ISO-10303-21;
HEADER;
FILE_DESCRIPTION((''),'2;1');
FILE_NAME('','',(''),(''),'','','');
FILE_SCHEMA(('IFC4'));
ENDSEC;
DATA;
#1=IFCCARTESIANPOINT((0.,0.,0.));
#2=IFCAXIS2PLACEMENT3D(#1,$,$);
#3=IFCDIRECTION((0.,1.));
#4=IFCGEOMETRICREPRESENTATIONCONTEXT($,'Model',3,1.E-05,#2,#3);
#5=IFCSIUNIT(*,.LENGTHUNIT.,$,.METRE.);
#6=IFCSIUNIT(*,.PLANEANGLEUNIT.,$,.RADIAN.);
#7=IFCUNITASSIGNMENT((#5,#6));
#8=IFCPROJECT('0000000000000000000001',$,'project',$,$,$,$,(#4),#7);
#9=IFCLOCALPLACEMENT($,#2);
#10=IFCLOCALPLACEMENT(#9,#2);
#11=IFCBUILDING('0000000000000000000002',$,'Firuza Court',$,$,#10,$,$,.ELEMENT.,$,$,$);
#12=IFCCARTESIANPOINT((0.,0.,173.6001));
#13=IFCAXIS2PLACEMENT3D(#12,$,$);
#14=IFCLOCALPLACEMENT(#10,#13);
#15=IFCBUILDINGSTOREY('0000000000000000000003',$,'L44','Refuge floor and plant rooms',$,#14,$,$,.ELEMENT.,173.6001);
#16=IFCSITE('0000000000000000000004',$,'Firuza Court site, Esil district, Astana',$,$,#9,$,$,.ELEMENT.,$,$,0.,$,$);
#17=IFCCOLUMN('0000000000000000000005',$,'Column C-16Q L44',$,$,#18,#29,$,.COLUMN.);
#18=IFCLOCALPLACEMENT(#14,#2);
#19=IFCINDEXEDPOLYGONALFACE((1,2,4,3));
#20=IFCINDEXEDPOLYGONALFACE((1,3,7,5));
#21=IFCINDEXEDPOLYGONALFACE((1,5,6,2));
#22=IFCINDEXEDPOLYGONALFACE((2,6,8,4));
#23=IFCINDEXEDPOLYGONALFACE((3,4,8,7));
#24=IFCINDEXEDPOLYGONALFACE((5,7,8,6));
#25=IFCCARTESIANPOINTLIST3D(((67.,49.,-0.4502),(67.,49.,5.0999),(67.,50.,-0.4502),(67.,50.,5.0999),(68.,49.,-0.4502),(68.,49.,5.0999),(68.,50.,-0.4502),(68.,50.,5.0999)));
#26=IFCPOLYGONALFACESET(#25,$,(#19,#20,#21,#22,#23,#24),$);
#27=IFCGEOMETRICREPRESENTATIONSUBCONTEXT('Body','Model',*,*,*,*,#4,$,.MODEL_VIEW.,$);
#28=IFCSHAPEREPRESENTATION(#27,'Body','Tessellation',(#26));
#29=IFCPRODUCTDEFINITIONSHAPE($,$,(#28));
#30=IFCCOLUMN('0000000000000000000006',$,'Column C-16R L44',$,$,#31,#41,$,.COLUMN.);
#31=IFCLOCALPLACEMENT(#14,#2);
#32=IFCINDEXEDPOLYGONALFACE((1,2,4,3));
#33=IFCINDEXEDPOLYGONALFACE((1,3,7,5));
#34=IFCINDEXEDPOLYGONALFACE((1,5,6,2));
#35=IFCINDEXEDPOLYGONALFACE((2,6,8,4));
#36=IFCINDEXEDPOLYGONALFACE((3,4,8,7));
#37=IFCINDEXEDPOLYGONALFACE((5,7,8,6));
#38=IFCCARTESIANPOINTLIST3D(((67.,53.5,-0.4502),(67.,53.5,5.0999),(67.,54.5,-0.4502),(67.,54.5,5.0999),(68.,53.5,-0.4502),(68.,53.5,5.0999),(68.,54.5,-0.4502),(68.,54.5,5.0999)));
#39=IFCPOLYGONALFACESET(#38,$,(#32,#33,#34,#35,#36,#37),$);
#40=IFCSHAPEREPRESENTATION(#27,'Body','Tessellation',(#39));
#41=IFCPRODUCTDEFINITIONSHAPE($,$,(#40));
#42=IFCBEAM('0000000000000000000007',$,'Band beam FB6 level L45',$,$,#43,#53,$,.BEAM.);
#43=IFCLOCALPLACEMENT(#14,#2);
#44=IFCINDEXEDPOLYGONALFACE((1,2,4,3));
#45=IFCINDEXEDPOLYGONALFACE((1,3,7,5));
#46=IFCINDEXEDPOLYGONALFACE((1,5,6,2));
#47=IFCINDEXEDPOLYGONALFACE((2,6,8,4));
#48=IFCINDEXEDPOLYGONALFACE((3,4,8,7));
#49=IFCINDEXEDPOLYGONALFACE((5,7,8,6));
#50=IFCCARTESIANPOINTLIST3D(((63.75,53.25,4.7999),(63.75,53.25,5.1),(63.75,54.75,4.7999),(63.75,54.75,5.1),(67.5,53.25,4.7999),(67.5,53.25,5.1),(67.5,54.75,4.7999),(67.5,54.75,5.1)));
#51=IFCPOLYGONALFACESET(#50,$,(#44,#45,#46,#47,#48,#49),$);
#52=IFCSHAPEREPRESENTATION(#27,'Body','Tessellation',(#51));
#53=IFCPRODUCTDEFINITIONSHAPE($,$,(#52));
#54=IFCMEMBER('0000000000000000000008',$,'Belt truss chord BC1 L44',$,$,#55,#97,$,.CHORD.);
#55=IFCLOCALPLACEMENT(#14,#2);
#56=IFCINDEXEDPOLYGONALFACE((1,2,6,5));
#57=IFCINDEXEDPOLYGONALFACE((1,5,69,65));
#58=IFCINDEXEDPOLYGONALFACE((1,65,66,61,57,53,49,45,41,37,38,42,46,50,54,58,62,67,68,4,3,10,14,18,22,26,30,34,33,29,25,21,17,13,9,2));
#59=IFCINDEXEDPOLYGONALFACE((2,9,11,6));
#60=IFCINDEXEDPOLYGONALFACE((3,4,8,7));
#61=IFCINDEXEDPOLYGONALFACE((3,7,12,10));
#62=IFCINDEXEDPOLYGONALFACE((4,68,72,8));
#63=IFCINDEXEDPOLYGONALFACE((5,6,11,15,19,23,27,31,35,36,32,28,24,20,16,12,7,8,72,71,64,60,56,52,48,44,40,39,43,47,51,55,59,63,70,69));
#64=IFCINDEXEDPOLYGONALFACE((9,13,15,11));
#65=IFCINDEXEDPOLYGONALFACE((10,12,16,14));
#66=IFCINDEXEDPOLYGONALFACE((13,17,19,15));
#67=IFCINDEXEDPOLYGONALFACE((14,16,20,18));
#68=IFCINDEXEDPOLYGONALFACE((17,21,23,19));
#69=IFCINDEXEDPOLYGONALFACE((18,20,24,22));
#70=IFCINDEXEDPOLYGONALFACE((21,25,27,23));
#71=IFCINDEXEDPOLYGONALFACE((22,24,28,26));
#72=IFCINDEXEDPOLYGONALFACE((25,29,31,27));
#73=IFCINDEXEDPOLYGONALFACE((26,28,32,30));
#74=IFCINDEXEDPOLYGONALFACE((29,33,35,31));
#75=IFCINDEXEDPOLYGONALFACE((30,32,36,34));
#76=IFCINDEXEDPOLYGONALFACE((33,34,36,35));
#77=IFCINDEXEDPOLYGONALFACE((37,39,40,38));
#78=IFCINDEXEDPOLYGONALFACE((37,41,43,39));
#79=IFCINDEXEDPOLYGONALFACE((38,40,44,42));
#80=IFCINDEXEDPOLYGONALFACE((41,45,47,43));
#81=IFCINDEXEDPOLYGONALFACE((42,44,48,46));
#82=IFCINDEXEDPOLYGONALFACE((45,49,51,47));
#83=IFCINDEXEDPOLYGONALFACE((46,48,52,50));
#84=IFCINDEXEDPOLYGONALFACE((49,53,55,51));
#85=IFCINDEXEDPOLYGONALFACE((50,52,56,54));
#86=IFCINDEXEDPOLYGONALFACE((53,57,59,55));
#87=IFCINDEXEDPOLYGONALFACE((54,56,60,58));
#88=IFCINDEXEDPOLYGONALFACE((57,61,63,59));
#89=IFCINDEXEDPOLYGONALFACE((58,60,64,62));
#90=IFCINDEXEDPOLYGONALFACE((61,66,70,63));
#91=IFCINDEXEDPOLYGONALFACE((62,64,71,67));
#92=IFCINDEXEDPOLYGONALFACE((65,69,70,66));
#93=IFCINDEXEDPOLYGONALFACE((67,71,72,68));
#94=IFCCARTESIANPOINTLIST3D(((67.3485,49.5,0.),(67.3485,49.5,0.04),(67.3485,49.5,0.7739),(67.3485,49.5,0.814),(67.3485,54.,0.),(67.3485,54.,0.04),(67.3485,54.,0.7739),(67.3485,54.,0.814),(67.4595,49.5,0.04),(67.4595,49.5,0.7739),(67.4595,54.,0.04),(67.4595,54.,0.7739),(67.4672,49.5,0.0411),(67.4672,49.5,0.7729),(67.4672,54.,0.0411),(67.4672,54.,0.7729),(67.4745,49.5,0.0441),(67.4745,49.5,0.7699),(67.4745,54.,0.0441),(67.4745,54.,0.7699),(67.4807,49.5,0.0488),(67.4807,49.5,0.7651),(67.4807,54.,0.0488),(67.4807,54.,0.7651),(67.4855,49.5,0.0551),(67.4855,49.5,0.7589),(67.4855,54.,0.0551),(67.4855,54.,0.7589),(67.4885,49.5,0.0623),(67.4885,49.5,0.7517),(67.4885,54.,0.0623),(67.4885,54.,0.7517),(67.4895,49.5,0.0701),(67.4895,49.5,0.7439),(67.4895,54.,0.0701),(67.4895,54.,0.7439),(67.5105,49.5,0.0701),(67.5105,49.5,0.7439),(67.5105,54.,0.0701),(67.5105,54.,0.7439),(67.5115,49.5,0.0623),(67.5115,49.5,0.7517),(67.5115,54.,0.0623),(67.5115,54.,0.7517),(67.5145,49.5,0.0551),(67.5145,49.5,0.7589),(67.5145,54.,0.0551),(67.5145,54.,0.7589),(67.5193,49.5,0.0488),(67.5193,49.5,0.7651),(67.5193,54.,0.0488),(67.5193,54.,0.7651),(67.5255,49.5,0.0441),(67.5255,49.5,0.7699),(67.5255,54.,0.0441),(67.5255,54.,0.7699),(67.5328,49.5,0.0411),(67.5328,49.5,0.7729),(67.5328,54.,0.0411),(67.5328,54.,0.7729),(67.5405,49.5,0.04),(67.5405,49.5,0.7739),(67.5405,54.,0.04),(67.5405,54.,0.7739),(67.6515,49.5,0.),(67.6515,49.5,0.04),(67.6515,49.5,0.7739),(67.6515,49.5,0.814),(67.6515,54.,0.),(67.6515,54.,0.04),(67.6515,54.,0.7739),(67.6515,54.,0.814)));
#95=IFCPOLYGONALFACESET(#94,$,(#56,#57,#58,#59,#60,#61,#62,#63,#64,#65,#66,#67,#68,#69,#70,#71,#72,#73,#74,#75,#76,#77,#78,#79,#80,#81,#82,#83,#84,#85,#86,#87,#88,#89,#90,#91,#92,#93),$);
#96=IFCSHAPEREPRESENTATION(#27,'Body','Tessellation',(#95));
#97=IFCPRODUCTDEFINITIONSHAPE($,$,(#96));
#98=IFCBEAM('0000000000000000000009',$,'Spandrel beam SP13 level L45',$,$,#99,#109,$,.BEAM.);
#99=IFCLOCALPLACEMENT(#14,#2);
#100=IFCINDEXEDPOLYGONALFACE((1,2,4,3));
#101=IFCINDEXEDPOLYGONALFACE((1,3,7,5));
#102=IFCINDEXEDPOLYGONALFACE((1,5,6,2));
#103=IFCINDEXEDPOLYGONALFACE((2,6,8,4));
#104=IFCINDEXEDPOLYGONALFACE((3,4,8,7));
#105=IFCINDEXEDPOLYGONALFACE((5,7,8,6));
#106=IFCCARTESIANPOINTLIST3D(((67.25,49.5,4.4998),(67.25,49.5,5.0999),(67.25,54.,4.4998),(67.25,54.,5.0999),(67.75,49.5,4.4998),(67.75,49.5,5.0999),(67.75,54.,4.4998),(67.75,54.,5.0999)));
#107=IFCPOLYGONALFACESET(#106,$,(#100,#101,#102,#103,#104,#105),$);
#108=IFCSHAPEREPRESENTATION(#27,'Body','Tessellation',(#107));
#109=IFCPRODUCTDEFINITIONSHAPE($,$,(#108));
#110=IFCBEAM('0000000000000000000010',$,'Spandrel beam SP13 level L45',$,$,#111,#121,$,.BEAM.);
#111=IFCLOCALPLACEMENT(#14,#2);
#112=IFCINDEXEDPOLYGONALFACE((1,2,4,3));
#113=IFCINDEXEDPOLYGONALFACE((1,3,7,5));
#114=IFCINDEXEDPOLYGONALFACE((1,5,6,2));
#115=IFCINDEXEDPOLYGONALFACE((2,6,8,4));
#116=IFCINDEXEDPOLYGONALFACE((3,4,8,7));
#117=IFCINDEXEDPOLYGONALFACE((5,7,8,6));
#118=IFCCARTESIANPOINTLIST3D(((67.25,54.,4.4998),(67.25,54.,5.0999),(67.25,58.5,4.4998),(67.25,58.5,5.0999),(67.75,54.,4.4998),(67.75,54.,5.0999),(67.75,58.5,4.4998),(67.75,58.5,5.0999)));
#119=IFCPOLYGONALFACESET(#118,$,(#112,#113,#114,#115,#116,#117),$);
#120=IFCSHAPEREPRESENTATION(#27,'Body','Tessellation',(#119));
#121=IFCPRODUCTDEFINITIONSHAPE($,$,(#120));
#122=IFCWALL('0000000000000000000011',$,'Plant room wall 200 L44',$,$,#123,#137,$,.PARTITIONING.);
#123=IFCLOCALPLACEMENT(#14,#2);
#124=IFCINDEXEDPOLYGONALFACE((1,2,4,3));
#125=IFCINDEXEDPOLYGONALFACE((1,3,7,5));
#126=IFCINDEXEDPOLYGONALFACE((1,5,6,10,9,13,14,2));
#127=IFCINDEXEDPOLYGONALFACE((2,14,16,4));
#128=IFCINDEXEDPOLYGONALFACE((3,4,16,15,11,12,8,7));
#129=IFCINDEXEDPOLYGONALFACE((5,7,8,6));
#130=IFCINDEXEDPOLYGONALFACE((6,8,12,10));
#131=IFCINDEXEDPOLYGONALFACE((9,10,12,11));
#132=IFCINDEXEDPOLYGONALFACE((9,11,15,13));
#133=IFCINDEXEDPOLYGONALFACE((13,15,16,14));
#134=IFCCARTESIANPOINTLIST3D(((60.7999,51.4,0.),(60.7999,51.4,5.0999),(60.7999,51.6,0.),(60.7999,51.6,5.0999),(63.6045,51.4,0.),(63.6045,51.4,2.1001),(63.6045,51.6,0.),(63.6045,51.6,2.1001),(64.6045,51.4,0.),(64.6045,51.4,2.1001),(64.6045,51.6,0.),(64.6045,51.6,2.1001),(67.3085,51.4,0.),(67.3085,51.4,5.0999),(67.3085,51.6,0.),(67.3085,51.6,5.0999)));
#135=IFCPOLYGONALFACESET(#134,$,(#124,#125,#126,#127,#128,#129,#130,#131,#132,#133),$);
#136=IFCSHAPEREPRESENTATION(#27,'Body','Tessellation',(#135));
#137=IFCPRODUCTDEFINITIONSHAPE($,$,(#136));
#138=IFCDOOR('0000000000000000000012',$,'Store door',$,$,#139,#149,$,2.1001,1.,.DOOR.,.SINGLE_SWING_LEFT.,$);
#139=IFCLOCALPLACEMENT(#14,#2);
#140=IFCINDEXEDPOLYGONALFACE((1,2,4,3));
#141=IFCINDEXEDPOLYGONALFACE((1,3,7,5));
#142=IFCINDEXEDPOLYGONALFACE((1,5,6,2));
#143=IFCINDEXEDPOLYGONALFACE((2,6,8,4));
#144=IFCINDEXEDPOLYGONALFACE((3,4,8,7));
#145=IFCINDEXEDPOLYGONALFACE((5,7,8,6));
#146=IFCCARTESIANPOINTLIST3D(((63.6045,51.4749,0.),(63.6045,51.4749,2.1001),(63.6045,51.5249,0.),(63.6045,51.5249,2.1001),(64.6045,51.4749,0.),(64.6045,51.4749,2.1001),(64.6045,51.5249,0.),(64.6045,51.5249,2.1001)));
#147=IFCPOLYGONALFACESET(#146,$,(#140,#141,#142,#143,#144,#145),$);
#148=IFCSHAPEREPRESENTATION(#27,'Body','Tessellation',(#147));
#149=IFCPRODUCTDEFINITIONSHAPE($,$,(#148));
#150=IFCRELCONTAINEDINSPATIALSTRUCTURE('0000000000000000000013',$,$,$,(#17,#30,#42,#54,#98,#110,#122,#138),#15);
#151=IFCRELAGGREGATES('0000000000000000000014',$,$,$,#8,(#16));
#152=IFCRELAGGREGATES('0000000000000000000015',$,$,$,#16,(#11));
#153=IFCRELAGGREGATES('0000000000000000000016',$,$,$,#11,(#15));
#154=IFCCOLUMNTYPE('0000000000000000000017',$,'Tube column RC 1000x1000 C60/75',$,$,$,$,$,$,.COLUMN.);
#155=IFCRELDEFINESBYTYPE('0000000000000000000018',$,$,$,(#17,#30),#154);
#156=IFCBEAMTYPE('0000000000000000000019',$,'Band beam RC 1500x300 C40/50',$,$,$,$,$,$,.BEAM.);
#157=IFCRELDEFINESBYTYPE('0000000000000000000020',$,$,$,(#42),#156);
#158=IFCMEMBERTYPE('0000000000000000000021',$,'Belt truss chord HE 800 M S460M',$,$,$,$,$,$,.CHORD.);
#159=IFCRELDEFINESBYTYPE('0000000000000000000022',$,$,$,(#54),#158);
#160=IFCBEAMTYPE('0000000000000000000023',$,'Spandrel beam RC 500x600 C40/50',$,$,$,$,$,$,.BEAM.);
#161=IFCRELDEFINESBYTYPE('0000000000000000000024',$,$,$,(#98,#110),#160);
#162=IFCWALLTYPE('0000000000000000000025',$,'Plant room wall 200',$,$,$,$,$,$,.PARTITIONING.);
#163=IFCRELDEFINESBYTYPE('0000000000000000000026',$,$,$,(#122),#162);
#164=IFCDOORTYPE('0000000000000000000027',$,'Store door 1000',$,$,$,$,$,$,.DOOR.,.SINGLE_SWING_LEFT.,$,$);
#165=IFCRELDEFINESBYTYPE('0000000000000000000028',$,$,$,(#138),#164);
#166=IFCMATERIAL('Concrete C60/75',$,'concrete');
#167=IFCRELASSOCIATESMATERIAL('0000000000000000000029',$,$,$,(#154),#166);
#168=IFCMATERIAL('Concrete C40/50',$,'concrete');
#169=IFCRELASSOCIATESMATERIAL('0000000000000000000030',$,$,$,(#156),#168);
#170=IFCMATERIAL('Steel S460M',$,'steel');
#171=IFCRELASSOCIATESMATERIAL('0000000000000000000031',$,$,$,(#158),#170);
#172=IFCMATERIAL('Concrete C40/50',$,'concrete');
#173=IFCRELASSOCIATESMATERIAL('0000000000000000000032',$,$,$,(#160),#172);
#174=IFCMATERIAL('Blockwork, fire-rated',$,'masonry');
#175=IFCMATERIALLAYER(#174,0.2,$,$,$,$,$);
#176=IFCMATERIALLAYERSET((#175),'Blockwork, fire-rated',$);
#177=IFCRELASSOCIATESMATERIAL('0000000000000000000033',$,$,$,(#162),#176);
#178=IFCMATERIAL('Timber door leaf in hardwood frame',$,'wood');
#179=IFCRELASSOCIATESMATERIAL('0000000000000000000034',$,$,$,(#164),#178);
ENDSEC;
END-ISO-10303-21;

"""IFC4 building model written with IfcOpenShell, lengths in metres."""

from ifc_helpers import new_model, si_unit, direction, frame, frame_2d, origin, origin_2d, place, context, subcontext, project, spatial, rectangle, i_section, extrude, material, layer, layer_set, material_profile, profile_set, type_object, element, fill, save


model = new_model("IFC4")

# Units and contexts
model_context = context("Model", 3, precision=1e-05, world=origin(), true_north=direction((0.0, 1.0)))
body_context = subcontext(model_context, "Body", "Model", "MODEL_VIEW")
ifc_project = project(units=[si_unit("LENGTHUNIT", "METRE"), si_unit("PLANEANGLEUNIT", "RADIAN")], contexts=[model_context])

# Site, building, storey
site_placement = place(None, origin())
site = spatial("IfcSite", under=ifc_project, at=site_placement, Name="Firuza Court site, Esil district, Astana", CompositionType="ELEMENT", RefElevation=0.0)
building_placement = place(site_placement, origin())
building = spatial("IfcBuilding", under=site, at=building_placement, Name="Firuza Court", CompositionType="ELEMENT")
storey_placement = place(building_placement, frame((0.0, 0.0, 173.6001)))
storey = spatial("IfcBuildingStorey", under=building, at=storey_placement, Name="L44", Description="Refuge floor and plant rooms", CompositionType="ELEMENT", Elevation=173.6001)

# Columns
ifc_material_1 = material(Name="Concrete C60/75", Category="concrete")
ifc_material_profile_1 = material_profile(ifc_material_1, rectangle(XDim=1.0, YDim=1.0, at=origin_2d()), Name="RC 1000x1000")
ifc_profile_set_1 = profile_set([ifc_material_profile_1], Name="Concrete C60/75")
column_type = type_object("IfcColumnType", Name="Tube column RC 1000x1000 C60/75", PredefinedType="COLUMN", material=ifc_profile_set_1)
for number, where, z_axis, x_axis, name in (
    (1, (67.5, 49.5, -0.4502), (0.0, 0.0, 1.0), (1.0, 0.0, 0.0), "Column C-16Q L44"),
    (2, (67.5, 54.0, -0.4502), (0.0, 0.0, 1.0), (1.0, 0.0, 0.0), "Column C-16R L44"),
):
    element("IfcColumn", number, at=place(storey_placement, frame(where, z_axis=z_axis, x_axis=x_axis)), inside=storey, type_object=column_type, Name=name, PredefinedType="COLUMN", context=body_context, shape_type="SweptSolid", body=[
        extrude(rectangle(XDim=1.0, YDim=1.0, at=origin_2d()), origin(), (0.0, 0.0, 1.0), 5.55),
    ])

# Beam
ifc_material_2 = material(Name="Concrete C40/50", Category="concrete")
ifc_material_profile_2 = material_profile(ifc_material_2, rectangle(XDim=1.5, YDim=0.3, at=origin_2d()), Name="RC 1500x300")
ifc_profile_set_2 = profile_set([ifc_material_profile_2], Name="Concrete C40/50")
beam_type_1 = type_object("IfcBeamType", Name="Band beam RC 1500x300 C40/50", PredefinedType="BEAM", material=ifc_profile_set_2)
beam_placement = place(storey_placement, frame((67.5, 54.0, 4.95), z_axis=(-1.0, 0.0, 0.0), x_axis=(0.0, -1.0, 0.0)))
element("IfcBeam", 3, at=beam_placement, inside=storey, type_object=beam_type_1, Name="Band beam FB6 level L45", PredefinedType="BEAM", context=body_context, shape_type="SweptSolid", body=[
    extrude(rectangle(XDim=1.5, YDim=0.3, at=origin_2d()), origin(), (0.0, 0.0, 1.0), 3.75),
])

# Member
ifc_material_3 = material(Name="Steel S460M", Category="steel")
ifc_material_profile_3 = material_profile(ifc_material_3, i_section(OverallWidth=0.303, OverallDepth=0.814, WebThickness=0.021, FlangeThickness=0.04, FilletRadius=0.03, at=origin_2d()), Name="HE 800 M")
ifc_profile_set_3 = profile_set([ifc_material_profile_3], Name="Steel S460M")
member_type = type_object("IfcMemberType", Name="Belt truss chord HE 800 M S460M", PredefinedType="CHORD", material=ifc_profile_set_3)
member_placement = place(storey_placement, frame((67.5, 49.5, 0.407), z_axis=(0.0, 1.0, 0.0), x_axis=(-1.0, 0.0, 0.0)))
element("IfcMember", 4, at=member_placement, inside=storey, type_object=member_type, Name="Belt truss chord BC1 L44", PredefinedType="CHORD", context=body_context, shape_type="SweptSolid", body=[
    extrude(i_section(OverallWidth=0.303, OverallDepth=0.814, WebThickness=0.021, FlangeThickness=0.04, FilletRadius=0.03, at=origin_2d()), origin(), (0.0, 0.0, 1.0), 4.5),
])

# Beams
ifc_material_4 = material(Name="Concrete C40/50", Category="concrete")
ifc_material_profile_4 = material_profile(ifc_material_4, rectangle(XDim=0.5, YDim=0.6001, at=origin_2d()), Name="RC 500x600")
ifc_profile_set_4 = profile_set([ifc_material_profile_4], Name="Concrete C40/50")
beam_type_2 = type_object("IfcBeamType", Name="Spandrel beam RC 500x600 C40/50", PredefinedType="BEAM", material=ifc_profile_set_4)
for number, where, z_axis, x_axis, name in (
    (5, (67.5, 49.5, 4.7998), (0.0, 1.0, 0.0), (-1.0, 0.0, 0.0), "Spandrel beam SP13 level L45"),
    (6, (67.5, 54.0, 4.7998), (0.0, 1.0, 0.0), (-1.0, 0.0, 0.0), "Spandrel beam SP13 level L45"),
):
    element("IfcBeam", number, at=place(storey_placement, frame(where, z_axis=z_axis, x_axis=x_axis)), inside=storey, type_object=beam_type_2, Name=name, PredefinedType="BEAM", context=body_context, shape_type="SweptSolid", body=[
        extrude(rectangle(XDim=0.5, YDim=0.6001, at=origin_2d()), origin(), (0.0, 0.0, 1.0), 4.5),
    ])

# Wall, opening, door
ifc_material_5 = material(Name="Blockwork, fire-rated", Category="masonry")
ifc_layer = layer(ifc_material_5, 0.2)
ifc_layer_set = layer_set([ifc_layer], Name="Blockwork, fire-rated")
wall_type = type_object("IfcWallType", Name="Plant room wall 200", PredefinedType="PARTITIONING", material=ifc_layer_set)
wall_placement = place(storey_placement, frame((67.3086, 51.5, 0.0), z_axis=(0.0, 0.0, 1.0), x_axis=(-1.0, 0.0, 0.0)))
wall = element("IfcWall", 7, at=wall_placement, inside=storey, type_object=wall_type, Name="Plant room wall 200 L44", PredefinedType="PARTITIONING", context=body_context, shape_type="SweptSolid", body=[
    extrude(rectangle(XDim=6.5085, YDim=0.2, at=frame_2d((3.2544, 0.0))), origin(), (0.0, 0.0, 1.0), 5.0999),
])
opening_placement = place(wall_placement, frame((2.7041, 0.0, 0.0)))
opening = element("IfcOpeningElement", 8, at=opening_placement, cuts=wall, PredefinedType="OPENING", context=body_context, shape_type="SweptSolid", body=[
    extrude(rectangle(XDim=1.0, YDim=2.1001, at=frame_2d((0.5, 1.05))), frame((0.0, 0.1118, 0.0), z_axis=(0.0, -1.0, 0.0), x_axis=(1.0, 0.0, 0.0)), (0.0, 0.0, 1.0), 0.2239),
])
ifc_material_6 = material(Name="Timber door leaf in hardwood frame", Category="wood")
door_type = type_object("IfcDoorType", Name="Store door 1000", OperationType="SINGLE_SWING_LEFT", PredefinedType="DOOR", material=ifc_material_6)
door_placement = place(opening_placement, frame((1.0, 0.0, 0.0), z_axis=(0.0, 0.0, 1.0), x_axis=(-1.0, 0.0, 0.0)))
door = element("IfcDoor", 9, at=door_placement, inside=storey, type_object=door_type, Name="Store door", OperationType="SINGLE_SWING_LEFT", OverallHeight=2.1001, OverallWidth=1.0, PredefinedType="DOOR", context=body_context, shape_type="SweptSolid", body=[
    extrude(rectangle(XDim=1.0, YDim=2.1001, at=frame_2d((0.5, 1.05))), frame((0.0, 0.0249, 0.0), z_axis=(0.0, -1.0, 0.0), x_axis=(1.0, 0.0, 0.0)), (0.0, 0.0, 1.0), 0.05),
])
fill(opening, door)

save(model, "model.ifc")
